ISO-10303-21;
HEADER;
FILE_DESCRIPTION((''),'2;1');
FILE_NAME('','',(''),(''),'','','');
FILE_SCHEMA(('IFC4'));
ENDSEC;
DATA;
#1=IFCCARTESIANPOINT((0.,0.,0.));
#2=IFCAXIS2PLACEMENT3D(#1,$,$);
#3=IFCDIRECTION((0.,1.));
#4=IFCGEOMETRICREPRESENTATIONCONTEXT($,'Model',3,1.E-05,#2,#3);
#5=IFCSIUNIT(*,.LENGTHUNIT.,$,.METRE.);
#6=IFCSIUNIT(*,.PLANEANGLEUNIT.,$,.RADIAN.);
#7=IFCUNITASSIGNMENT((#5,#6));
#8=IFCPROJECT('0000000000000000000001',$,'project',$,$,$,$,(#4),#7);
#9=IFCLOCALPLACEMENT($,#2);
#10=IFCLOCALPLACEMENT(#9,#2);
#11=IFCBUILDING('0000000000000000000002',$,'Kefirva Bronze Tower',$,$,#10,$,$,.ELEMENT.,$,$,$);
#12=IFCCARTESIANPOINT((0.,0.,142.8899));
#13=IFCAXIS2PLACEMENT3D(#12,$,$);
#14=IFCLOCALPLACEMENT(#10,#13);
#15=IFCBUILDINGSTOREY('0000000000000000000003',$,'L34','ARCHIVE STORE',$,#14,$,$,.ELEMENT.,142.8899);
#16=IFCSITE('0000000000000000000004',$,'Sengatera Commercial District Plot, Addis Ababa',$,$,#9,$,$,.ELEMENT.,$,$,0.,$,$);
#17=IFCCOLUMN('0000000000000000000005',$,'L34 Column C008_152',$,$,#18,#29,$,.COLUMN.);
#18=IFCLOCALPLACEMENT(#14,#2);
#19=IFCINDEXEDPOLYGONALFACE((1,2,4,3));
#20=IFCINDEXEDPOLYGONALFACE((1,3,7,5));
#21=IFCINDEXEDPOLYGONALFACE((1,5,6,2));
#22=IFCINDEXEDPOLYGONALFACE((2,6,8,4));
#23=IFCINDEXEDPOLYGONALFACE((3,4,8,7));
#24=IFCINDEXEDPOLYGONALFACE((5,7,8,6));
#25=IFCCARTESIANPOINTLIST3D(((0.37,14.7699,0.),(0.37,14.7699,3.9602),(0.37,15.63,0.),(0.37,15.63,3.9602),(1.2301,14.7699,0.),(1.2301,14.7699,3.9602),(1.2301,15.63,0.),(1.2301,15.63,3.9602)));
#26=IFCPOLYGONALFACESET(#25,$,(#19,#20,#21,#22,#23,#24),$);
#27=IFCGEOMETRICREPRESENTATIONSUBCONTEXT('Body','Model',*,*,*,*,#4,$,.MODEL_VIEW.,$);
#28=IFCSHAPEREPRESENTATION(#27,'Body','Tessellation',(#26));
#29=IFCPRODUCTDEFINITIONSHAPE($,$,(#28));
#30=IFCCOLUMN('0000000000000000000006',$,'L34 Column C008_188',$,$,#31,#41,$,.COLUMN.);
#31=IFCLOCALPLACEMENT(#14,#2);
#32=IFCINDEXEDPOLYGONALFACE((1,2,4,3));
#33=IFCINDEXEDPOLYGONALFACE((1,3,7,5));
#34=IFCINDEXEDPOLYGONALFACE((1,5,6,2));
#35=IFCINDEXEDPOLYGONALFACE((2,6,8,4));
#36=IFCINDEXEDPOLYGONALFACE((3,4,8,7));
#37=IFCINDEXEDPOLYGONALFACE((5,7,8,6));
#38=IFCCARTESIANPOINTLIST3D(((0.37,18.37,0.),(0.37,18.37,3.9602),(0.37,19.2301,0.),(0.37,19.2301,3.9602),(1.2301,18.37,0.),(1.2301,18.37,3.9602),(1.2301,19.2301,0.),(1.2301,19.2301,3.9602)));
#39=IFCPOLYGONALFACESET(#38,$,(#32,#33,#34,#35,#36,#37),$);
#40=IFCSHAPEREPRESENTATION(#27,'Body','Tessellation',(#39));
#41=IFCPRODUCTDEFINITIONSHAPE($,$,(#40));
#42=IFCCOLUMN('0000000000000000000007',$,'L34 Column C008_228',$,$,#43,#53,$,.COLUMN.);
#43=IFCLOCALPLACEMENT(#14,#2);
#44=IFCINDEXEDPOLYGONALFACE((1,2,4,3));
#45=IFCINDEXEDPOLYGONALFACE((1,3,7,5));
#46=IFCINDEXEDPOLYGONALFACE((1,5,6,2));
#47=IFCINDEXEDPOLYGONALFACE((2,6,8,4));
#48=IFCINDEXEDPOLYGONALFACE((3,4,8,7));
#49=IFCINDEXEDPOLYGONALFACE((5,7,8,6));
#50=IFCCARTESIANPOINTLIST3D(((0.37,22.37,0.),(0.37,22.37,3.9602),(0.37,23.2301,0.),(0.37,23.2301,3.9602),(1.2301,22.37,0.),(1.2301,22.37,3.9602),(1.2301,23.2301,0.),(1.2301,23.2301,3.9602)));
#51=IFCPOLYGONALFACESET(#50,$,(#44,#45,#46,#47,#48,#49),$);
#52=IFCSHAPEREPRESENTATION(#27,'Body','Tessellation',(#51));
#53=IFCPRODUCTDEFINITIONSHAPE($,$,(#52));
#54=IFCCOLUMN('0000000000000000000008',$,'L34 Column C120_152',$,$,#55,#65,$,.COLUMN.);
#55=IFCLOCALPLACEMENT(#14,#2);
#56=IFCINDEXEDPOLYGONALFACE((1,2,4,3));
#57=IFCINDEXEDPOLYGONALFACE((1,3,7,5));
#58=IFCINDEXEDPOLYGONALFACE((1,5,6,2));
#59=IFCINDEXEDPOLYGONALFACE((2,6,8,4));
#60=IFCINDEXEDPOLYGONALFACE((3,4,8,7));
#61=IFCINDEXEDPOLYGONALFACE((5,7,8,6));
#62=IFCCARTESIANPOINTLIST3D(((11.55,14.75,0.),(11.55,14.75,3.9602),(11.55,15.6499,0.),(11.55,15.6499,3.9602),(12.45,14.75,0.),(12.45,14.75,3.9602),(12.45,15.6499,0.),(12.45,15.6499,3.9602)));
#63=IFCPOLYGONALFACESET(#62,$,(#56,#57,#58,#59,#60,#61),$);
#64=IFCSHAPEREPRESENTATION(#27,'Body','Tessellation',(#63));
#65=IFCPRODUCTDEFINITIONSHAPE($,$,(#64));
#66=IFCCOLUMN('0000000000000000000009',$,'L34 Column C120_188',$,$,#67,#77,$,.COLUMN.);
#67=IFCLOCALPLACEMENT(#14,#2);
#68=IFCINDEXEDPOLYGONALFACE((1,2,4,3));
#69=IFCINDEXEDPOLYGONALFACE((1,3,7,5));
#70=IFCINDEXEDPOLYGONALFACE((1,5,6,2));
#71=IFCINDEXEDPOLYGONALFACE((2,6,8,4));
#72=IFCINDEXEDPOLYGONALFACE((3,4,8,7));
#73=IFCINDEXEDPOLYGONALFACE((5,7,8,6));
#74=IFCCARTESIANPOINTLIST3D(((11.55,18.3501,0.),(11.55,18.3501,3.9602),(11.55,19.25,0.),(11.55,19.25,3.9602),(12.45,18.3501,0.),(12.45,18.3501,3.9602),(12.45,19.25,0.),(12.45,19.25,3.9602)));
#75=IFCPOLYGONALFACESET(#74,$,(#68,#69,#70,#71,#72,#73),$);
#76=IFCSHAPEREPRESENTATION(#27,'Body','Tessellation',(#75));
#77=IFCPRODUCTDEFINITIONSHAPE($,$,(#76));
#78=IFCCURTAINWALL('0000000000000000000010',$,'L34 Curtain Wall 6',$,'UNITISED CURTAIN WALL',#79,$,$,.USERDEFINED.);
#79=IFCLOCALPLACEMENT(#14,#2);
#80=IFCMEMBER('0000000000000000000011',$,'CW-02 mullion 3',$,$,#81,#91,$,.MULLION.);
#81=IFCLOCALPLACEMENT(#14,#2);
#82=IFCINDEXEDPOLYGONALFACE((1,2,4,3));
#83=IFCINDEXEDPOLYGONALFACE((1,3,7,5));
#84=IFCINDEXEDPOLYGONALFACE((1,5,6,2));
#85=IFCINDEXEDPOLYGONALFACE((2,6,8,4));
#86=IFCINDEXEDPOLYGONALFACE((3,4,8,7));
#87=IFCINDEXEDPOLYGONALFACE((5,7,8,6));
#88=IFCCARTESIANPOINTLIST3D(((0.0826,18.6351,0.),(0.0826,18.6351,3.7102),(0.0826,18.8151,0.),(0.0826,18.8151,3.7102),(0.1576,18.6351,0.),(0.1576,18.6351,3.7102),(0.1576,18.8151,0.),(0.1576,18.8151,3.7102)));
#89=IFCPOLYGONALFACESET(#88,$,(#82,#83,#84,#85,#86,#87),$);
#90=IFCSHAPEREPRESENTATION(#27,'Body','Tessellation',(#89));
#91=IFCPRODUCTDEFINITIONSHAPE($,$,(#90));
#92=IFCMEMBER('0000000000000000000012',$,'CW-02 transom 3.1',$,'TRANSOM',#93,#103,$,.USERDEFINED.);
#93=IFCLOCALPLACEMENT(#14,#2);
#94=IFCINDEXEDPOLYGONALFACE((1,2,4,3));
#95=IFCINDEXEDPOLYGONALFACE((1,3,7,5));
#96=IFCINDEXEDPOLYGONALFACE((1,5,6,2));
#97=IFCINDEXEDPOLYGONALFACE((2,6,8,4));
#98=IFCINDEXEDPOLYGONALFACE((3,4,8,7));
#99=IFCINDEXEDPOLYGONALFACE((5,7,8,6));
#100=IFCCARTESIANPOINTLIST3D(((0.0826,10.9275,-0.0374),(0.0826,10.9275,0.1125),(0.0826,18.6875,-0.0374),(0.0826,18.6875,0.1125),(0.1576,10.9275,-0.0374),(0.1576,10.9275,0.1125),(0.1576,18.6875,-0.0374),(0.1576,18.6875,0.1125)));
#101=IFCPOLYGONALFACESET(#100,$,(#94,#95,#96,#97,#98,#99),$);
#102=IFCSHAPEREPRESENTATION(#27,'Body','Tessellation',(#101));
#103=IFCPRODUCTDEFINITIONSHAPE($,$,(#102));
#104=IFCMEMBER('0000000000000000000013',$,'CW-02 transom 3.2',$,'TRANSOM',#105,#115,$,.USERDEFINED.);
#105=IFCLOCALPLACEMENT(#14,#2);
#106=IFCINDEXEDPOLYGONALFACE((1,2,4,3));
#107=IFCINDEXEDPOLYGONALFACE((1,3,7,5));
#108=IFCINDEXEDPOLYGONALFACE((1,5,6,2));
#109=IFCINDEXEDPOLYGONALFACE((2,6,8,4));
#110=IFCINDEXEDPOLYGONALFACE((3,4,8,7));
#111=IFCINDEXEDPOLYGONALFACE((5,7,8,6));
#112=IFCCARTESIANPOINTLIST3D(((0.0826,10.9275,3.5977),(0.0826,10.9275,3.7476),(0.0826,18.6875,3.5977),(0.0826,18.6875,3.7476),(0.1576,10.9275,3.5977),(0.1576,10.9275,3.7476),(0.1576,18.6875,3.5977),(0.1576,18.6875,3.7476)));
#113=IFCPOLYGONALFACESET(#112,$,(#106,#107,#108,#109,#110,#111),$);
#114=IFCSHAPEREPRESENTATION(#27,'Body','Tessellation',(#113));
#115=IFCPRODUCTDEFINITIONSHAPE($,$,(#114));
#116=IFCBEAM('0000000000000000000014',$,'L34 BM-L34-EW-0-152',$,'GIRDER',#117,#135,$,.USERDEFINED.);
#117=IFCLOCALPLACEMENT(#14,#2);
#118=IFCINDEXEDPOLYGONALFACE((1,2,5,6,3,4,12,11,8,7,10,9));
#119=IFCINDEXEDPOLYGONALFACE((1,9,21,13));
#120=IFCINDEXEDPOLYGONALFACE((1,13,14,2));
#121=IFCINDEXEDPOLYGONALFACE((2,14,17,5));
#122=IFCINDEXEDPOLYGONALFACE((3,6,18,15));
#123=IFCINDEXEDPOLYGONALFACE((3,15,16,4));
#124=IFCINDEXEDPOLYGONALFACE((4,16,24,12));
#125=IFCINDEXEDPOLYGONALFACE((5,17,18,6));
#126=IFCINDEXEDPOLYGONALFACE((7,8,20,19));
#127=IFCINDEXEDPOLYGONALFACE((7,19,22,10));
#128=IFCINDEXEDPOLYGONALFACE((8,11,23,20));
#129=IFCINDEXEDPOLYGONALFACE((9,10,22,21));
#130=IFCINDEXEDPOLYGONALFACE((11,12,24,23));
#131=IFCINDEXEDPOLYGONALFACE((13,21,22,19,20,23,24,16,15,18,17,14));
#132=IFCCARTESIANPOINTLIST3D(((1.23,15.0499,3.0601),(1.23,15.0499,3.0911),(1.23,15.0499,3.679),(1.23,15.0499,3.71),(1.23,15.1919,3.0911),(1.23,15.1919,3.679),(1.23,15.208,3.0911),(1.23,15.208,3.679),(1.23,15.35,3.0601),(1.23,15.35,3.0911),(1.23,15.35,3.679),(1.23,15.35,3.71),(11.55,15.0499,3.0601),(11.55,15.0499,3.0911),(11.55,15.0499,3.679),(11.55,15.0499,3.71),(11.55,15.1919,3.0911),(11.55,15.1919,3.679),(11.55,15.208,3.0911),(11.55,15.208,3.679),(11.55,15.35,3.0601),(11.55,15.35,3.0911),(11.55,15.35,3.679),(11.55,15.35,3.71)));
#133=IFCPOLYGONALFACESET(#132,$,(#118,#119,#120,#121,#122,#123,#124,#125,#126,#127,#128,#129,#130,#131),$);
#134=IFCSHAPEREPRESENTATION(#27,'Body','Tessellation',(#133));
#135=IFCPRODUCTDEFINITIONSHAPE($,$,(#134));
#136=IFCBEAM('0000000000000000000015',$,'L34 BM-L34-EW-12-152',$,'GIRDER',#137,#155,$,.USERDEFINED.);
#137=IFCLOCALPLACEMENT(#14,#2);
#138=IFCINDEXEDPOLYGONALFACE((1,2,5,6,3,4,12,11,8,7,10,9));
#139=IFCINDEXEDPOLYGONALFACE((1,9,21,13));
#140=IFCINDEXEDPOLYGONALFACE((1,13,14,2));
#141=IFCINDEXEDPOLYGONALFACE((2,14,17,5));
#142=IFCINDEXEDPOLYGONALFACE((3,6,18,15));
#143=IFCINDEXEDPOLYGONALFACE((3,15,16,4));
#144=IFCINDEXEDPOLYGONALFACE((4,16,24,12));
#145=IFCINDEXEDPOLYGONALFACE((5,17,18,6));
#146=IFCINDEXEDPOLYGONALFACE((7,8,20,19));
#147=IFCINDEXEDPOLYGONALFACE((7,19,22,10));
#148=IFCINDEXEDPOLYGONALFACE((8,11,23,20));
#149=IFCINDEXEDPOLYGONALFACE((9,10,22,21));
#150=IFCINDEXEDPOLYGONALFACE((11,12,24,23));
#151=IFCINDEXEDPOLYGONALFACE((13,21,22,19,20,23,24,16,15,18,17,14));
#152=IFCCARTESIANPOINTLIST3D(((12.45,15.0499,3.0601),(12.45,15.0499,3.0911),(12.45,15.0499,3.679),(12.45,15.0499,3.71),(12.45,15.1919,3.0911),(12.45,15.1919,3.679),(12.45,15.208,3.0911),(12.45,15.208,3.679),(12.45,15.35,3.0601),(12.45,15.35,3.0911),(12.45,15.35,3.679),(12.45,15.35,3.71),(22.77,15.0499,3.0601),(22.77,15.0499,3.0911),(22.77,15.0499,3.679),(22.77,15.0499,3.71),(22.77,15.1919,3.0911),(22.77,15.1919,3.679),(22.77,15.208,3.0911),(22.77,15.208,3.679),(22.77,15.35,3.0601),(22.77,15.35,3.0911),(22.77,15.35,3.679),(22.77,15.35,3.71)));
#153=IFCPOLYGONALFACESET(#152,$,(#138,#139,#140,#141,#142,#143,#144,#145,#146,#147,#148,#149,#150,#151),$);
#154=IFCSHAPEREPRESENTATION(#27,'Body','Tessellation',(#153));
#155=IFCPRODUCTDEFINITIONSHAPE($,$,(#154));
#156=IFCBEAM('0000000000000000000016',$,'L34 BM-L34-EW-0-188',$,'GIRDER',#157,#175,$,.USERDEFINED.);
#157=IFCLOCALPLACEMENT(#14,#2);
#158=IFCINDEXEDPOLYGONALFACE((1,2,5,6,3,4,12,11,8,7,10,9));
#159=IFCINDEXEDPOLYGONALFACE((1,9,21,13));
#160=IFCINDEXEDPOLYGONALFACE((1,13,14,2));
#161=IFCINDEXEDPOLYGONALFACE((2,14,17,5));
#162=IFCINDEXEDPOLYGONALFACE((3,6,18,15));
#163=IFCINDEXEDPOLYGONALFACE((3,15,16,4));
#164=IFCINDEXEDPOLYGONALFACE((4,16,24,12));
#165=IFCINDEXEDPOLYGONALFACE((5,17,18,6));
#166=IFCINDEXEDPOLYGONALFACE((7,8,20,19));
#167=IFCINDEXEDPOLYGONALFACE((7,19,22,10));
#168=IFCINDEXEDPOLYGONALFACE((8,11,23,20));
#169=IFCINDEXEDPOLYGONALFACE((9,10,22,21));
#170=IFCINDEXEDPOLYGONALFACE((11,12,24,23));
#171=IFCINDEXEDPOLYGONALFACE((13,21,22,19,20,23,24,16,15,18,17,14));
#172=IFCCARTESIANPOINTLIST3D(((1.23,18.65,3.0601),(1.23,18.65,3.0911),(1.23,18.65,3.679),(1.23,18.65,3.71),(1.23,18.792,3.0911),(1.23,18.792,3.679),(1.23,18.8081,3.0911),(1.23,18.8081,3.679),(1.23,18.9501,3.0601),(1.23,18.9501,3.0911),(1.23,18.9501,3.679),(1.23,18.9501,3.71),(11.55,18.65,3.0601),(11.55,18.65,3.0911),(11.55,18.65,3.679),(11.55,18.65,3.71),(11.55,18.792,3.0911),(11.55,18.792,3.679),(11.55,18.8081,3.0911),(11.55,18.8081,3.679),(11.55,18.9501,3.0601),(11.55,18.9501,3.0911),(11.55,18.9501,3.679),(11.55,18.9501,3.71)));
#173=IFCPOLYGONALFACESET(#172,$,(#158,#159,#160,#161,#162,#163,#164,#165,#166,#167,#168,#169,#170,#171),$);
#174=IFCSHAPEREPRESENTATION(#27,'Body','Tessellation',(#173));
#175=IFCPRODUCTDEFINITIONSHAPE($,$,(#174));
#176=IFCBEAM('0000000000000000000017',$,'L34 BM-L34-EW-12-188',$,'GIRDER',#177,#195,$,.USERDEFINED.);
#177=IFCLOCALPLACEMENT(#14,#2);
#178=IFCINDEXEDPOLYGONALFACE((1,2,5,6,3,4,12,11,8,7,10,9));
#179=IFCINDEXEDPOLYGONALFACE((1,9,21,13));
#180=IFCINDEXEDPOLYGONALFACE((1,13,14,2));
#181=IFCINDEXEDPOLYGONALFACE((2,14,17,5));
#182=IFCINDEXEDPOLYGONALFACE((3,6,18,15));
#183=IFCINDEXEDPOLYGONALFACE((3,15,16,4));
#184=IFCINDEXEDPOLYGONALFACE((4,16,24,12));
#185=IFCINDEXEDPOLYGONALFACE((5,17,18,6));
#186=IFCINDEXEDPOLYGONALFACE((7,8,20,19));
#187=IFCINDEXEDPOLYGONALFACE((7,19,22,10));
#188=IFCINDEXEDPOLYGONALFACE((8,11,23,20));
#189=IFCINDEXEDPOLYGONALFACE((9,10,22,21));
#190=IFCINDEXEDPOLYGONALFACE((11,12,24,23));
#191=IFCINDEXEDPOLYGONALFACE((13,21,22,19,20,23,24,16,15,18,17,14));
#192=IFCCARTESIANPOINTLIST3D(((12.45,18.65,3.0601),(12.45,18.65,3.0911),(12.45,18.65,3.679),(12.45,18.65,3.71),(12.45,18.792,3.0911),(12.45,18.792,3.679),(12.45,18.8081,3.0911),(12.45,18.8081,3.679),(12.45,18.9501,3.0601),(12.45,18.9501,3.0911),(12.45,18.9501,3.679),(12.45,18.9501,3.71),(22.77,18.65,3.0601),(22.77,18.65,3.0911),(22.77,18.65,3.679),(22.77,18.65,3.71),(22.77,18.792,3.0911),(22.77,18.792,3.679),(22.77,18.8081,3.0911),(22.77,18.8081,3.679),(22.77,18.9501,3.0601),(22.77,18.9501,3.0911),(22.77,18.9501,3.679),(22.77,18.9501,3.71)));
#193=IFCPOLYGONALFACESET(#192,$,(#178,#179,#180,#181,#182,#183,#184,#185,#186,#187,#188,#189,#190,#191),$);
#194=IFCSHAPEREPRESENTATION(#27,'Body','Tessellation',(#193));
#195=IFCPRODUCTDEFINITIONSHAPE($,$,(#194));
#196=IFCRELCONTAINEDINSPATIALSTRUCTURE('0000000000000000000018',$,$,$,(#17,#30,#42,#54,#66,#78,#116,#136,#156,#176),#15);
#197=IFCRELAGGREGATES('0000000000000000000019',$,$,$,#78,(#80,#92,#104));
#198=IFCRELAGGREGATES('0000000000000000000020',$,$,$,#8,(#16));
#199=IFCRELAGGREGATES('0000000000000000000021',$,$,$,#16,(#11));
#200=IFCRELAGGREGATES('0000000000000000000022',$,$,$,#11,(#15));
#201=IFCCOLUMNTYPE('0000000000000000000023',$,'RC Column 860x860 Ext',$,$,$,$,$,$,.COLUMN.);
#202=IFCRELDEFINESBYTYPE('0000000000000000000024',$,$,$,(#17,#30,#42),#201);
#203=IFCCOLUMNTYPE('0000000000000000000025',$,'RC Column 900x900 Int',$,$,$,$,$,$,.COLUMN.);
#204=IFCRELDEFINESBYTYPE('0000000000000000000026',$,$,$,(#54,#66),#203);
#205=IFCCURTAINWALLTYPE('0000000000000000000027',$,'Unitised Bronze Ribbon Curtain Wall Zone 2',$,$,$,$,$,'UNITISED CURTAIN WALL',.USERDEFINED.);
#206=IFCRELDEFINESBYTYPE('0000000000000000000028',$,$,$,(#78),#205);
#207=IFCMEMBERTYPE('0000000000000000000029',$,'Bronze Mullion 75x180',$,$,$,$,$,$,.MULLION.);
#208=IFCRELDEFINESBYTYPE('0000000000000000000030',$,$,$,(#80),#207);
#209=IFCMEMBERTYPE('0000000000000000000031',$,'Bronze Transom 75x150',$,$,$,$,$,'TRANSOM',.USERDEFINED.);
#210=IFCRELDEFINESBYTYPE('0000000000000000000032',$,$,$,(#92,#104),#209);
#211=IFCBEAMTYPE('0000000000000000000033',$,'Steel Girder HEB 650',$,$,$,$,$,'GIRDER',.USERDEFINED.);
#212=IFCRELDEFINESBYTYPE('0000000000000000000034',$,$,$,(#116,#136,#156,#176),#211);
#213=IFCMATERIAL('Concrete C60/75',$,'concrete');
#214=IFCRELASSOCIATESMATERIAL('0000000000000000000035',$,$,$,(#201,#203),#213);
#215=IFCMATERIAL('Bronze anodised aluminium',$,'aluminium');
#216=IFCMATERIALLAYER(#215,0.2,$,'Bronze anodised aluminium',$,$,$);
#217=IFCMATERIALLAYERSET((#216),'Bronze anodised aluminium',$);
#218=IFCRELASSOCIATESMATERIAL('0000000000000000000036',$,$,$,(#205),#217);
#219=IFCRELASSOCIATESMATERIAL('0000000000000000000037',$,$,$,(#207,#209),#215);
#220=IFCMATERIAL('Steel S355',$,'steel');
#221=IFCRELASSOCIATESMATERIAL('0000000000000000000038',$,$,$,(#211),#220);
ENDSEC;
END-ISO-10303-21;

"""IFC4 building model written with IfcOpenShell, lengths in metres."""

from ifc_helpers import new_model, si_unit, direction, frame, origin, origin_2d, place, context, subcontext, project, spatial, rectangle, i_section, extrude, material, layer, layer_set, material_profile, profile_set, type_object, element, aggregate, save


model = new_model("IFC4")

# Units and contexts
model_context = context("Model", 3, precision=1e-05, world=origin(), true_north=direction((0.0, 1.0)))
body_context = subcontext(model_context, "Body", "Model", "MODEL_VIEW")
ifc_project = project(units=[si_unit("LENGTHUNIT", "METRE"), si_unit("PLANEANGLEUNIT", "RADIAN")], contexts=[model_context])

# Site, building, storey
site_placement = place(None, origin())
site = spatial("IfcSite", under=ifc_project, at=site_placement, Name="Sengatera Commercial District Plot, Addis Ababa", CompositionType="ELEMENT", RefElevation=0.0)
building_placement = place(site_placement, origin())
building = spatial("IfcBuilding", under=site, at=building_placement, Name="Kefirva Bronze Tower", CompositionType="ELEMENT")
storey_placement = place(building_placement, frame((0.0, 0.0, 142.8899)))
storey = spatial("IfcBuildingStorey", under=building, at=storey_placement, Name="L34", Description="ARCHIVE STORE", CompositionType="ELEMENT", Elevation=142.8899)

# Columns
ifc_material_1 = material(Name="Concrete C60/75", Category="concrete")
ifc_material_profile_1 = material_profile(ifc_material_1, rectangle(XDim=0.8601, YDim=0.8601, at=origin_2d()), Name="RC 860x860")
ifc_profile_set_1 = profile_set([ifc_material_profile_1], Name="Concrete C60/75")
column_type_1 = type_object("IfcColumnType", Name="RC Column 860x860 Ext", PredefinedType="COLUMN", material=ifc_profile_set_1)
for number, where, z_axis, x_axis, name in (
    (1, (0.8, 15.2, 0.0), (0.0, 0.0, 1.0), (1.0, 0.0, 0.0), "L34 Column C008_152"),
    (2, (0.8, 18.8, 0.0), (0.0, 0.0, 1.0), (1.0, 0.0, 0.0), "L34 Column C008_188"),
    (3, (0.8, 22.8, 0.0), (0.0, 0.0, 1.0), (1.0, 0.0, 0.0), "L34 Column C008_228"),
):
    element("IfcColumn", number, at=place(storey_placement, frame(where, z_axis=z_axis, x_axis=x_axis)), inside=storey, type_object=column_type_1, Name=name, PredefinedType="COLUMN", context=body_context, shape_type="SweptSolid", body=[
        extrude(rectangle(XDim=0.8601, YDim=0.8601, at=origin_2d()), origin(), (0.0, 0.0, 1.0), 3.9602),
    ])
ifc_material_profile_2 = material_profile(ifc_material_1, rectangle(XDim=0.8999, YDim=0.8999, at=origin_2d()), Name="RC 900x900")
ifc_profile_set_2 = profile_set([ifc_material_profile_2], Name="Concrete C60/75")
column_type_2 = type_object("IfcColumnType", Name="RC Column 900x900 Int", PredefinedType="COLUMN", material=ifc_profile_set_2)
for number, where, z_axis, x_axis, name in (
    (4, (12.0, 15.2, 0.0), (0.0, 0.0, 1.0), (1.0, 0.0, 0.0), "L34 Column C120_152"),
    (5, (12.0, 18.8, 0.0), (0.0, 0.0, 1.0), (1.0, 0.0, 0.0), "L34 Column C120_188"),
):
    element("IfcColumn", number, at=place(storey_placement, frame(where, z_axis=z_axis, x_axis=x_axis)), inside=storey, type_object=column_type_2, Name=name, PredefinedType="COLUMN", context=body_context, shape_type="SweptSolid", body=[
        extrude(rectangle(XDim=0.8999, YDim=0.8999, at=origin_2d()), origin(), (0.0, 0.0, 1.0), 3.9602),
    ])

# Curtain wall, members
ifc_material_2 = material(Name="Bronze anodised aluminium", Category="aluminium")
ifc_layer_1 = layer(ifc_material_2, 0.2, Name="Bronze anodised aluminium")
ifc_layer_set_1 = layer_set([ifc_layer_1], Name="Bronze anodised aluminium")
curtain_wall_type = type_object("IfcCurtainWallType", Name="Unitised Bronze Ribbon Curtain Wall Zone 2", ElementType="UNITISED CURTAIN WALL", PredefinedType="USERDEFINED", material=ifc_layer_set_1)
curtain_wall_placement = place(storey_placement, origin())
curtain_wall = element("IfcCurtainWall", 6, at=curtain_wall_placement, inside=storey, type_object=curtain_wall_type, Name="L34 Curtain Wall 6", ObjectType="UNITISED CURTAIN WALL", PredefinedType="USERDEFINED")
ifc_material_profile_3 = material_profile(ifc_material_2, rectangle(XDim=0.075, YDim=0.1799, at=origin_2d()), Name="ALU 75x180")
ifc_profile_set_3 = profile_set([ifc_material_profile_3], Name="Bronze anodised aluminium")
member_type_1 = type_object("IfcMemberType", Name="Bronze Mullion 75x180", PredefinedType="MULLION", material=ifc_profile_set_3)
member_1_placement = place(storey_placement, frame((0.1201, 18.7251, 0.0), z_axis=(0.0, 0.0, 1.0), x_axis=(1.0, 0.0, 0.0)))
member_1 = element("IfcMember", 7, at=member_1_placement, type_object=member_type_1, Name="CW-02 mullion 3", PredefinedType="MULLION", context=body_context, shape_type="SweptSolid", body=[
    extrude(rectangle(XDim=0.075, YDim=0.1799, at=origin_2d()), origin(), (0.0, 0.0, 1.0), 3.7102),
])
ifc_material_profile_4 = material_profile(ifc_material_2, rectangle(XDim=0.075, YDim=0.1499, at=origin_2d()), Name="ALU 75x150")
ifc_profile_set_4 = profile_set([ifc_material_profile_4], Name="Bronze anodised aluminium")
member_type_2 = type_object("IfcMemberType", Name="Bronze Transom 75x150", ElementType="TRANSOM", PredefinedType="USERDEFINED", material=ifc_profile_set_4)
member_2_placement = place(storey_placement, frame((0.1201, 18.6875, 0.0376), z_axis=(0.0, -1.0, 0.0), x_axis=(1.0, 0.0, 0.0)))
member_2 = element("IfcMember", 8, at=member_2_placement, type_object=member_type_2, Name="CW-02 transom 3.1", ObjectType="TRANSOM", PredefinedType="USERDEFINED", context=body_context, shape_type="SweptSolid", body=[
    extrude(rectangle(XDim=0.075, YDim=0.1499, at=origin_2d()), origin(), (0.0, 0.0, 1.0), 7.76),
])
member_3_placement = place(storey_placement, frame((0.1201, 18.6875, 3.6726), z_axis=(0.0, -1.0, 0.0), x_axis=(1.0, 0.0, 0.0)))
member_3 = element("IfcMember", 9, at=member_3_placement, type_object=member_type_2, Name="CW-02 transom 3.2", ObjectType="TRANSOM", PredefinedType="USERDEFINED", context=body_context, shape_type="SweptSolid", body=[
    extrude(rectangle(XDim=0.075, YDim=0.1499, at=origin_2d()), origin(), (0.0, 0.0, 1.0), 7.76),
])

# Beams
ifc_material_3 = material(Name="Steel S355", Category="steel")
ifc_material_profile_5 = material_profile(ifc_material_3, i_section(OverallWidth=0.3, OverallDepth=0.6499, WebThickness=0.0161, FlangeThickness=0.031, at=origin_2d()), Name="HEB 650")
ifc_profile_set_5 = profile_set([ifc_material_profile_5], Name="Steel S355")
beam_type_1 = type_object("IfcBeamType", Name="Steel Girder HEB 650", ElementType="GIRDER", PredefinedType="USERDEFINED", material=ifc_profile_set_5)
for number, where, z_axis, x_axis, name in (
    (10, (1.23, 15.2, 3.385), (1.0, 0.0, 0.0), (0.0, 1.0, 0.0), "L34 BM-L34-EW-0-152"),
    (11, (12.45, 15.2, 3.385), (1.0, 0.0, 0.0), (0.0, 1.0, 0.0), "L34 BM-L34-EW-12-152"),
    (12, (1.23, 18.8, 3.385), (1.0, 0.0, 0.0), (0.0, 1.0, 0.0), "L34 BM-L34-EW-0-188"),
    (13, (12.45, 18.8, 3.385), (1.0, 0.0, 0.0), (0.0, 1.0, 0.0), "L34 BM-L34-EW-12-188"),
):
    element("IfcBeam", number, at=place(storey_placement, frame(where, z_axis=z_axis, x_axis=x_axis)), inside=storey, type_object=beam_type_1, Name=name, ObjectType="GIRDER", PredefinedType="USERDEFINED", context=body_context, shape_type="SweptSolid", body=[
        extrude(i_section(OverallWidth=0.3, OverallDepth=0.6499, WebThickness=0.0161, FlangeThickness=0.031, at=origin_2d()), origin(), (0.0, 0.0, 1.0), 10.3201),
    ])

aggregate(curtain_wall, [member_1, member_2, member_3])

save(model, "model.ifc")
